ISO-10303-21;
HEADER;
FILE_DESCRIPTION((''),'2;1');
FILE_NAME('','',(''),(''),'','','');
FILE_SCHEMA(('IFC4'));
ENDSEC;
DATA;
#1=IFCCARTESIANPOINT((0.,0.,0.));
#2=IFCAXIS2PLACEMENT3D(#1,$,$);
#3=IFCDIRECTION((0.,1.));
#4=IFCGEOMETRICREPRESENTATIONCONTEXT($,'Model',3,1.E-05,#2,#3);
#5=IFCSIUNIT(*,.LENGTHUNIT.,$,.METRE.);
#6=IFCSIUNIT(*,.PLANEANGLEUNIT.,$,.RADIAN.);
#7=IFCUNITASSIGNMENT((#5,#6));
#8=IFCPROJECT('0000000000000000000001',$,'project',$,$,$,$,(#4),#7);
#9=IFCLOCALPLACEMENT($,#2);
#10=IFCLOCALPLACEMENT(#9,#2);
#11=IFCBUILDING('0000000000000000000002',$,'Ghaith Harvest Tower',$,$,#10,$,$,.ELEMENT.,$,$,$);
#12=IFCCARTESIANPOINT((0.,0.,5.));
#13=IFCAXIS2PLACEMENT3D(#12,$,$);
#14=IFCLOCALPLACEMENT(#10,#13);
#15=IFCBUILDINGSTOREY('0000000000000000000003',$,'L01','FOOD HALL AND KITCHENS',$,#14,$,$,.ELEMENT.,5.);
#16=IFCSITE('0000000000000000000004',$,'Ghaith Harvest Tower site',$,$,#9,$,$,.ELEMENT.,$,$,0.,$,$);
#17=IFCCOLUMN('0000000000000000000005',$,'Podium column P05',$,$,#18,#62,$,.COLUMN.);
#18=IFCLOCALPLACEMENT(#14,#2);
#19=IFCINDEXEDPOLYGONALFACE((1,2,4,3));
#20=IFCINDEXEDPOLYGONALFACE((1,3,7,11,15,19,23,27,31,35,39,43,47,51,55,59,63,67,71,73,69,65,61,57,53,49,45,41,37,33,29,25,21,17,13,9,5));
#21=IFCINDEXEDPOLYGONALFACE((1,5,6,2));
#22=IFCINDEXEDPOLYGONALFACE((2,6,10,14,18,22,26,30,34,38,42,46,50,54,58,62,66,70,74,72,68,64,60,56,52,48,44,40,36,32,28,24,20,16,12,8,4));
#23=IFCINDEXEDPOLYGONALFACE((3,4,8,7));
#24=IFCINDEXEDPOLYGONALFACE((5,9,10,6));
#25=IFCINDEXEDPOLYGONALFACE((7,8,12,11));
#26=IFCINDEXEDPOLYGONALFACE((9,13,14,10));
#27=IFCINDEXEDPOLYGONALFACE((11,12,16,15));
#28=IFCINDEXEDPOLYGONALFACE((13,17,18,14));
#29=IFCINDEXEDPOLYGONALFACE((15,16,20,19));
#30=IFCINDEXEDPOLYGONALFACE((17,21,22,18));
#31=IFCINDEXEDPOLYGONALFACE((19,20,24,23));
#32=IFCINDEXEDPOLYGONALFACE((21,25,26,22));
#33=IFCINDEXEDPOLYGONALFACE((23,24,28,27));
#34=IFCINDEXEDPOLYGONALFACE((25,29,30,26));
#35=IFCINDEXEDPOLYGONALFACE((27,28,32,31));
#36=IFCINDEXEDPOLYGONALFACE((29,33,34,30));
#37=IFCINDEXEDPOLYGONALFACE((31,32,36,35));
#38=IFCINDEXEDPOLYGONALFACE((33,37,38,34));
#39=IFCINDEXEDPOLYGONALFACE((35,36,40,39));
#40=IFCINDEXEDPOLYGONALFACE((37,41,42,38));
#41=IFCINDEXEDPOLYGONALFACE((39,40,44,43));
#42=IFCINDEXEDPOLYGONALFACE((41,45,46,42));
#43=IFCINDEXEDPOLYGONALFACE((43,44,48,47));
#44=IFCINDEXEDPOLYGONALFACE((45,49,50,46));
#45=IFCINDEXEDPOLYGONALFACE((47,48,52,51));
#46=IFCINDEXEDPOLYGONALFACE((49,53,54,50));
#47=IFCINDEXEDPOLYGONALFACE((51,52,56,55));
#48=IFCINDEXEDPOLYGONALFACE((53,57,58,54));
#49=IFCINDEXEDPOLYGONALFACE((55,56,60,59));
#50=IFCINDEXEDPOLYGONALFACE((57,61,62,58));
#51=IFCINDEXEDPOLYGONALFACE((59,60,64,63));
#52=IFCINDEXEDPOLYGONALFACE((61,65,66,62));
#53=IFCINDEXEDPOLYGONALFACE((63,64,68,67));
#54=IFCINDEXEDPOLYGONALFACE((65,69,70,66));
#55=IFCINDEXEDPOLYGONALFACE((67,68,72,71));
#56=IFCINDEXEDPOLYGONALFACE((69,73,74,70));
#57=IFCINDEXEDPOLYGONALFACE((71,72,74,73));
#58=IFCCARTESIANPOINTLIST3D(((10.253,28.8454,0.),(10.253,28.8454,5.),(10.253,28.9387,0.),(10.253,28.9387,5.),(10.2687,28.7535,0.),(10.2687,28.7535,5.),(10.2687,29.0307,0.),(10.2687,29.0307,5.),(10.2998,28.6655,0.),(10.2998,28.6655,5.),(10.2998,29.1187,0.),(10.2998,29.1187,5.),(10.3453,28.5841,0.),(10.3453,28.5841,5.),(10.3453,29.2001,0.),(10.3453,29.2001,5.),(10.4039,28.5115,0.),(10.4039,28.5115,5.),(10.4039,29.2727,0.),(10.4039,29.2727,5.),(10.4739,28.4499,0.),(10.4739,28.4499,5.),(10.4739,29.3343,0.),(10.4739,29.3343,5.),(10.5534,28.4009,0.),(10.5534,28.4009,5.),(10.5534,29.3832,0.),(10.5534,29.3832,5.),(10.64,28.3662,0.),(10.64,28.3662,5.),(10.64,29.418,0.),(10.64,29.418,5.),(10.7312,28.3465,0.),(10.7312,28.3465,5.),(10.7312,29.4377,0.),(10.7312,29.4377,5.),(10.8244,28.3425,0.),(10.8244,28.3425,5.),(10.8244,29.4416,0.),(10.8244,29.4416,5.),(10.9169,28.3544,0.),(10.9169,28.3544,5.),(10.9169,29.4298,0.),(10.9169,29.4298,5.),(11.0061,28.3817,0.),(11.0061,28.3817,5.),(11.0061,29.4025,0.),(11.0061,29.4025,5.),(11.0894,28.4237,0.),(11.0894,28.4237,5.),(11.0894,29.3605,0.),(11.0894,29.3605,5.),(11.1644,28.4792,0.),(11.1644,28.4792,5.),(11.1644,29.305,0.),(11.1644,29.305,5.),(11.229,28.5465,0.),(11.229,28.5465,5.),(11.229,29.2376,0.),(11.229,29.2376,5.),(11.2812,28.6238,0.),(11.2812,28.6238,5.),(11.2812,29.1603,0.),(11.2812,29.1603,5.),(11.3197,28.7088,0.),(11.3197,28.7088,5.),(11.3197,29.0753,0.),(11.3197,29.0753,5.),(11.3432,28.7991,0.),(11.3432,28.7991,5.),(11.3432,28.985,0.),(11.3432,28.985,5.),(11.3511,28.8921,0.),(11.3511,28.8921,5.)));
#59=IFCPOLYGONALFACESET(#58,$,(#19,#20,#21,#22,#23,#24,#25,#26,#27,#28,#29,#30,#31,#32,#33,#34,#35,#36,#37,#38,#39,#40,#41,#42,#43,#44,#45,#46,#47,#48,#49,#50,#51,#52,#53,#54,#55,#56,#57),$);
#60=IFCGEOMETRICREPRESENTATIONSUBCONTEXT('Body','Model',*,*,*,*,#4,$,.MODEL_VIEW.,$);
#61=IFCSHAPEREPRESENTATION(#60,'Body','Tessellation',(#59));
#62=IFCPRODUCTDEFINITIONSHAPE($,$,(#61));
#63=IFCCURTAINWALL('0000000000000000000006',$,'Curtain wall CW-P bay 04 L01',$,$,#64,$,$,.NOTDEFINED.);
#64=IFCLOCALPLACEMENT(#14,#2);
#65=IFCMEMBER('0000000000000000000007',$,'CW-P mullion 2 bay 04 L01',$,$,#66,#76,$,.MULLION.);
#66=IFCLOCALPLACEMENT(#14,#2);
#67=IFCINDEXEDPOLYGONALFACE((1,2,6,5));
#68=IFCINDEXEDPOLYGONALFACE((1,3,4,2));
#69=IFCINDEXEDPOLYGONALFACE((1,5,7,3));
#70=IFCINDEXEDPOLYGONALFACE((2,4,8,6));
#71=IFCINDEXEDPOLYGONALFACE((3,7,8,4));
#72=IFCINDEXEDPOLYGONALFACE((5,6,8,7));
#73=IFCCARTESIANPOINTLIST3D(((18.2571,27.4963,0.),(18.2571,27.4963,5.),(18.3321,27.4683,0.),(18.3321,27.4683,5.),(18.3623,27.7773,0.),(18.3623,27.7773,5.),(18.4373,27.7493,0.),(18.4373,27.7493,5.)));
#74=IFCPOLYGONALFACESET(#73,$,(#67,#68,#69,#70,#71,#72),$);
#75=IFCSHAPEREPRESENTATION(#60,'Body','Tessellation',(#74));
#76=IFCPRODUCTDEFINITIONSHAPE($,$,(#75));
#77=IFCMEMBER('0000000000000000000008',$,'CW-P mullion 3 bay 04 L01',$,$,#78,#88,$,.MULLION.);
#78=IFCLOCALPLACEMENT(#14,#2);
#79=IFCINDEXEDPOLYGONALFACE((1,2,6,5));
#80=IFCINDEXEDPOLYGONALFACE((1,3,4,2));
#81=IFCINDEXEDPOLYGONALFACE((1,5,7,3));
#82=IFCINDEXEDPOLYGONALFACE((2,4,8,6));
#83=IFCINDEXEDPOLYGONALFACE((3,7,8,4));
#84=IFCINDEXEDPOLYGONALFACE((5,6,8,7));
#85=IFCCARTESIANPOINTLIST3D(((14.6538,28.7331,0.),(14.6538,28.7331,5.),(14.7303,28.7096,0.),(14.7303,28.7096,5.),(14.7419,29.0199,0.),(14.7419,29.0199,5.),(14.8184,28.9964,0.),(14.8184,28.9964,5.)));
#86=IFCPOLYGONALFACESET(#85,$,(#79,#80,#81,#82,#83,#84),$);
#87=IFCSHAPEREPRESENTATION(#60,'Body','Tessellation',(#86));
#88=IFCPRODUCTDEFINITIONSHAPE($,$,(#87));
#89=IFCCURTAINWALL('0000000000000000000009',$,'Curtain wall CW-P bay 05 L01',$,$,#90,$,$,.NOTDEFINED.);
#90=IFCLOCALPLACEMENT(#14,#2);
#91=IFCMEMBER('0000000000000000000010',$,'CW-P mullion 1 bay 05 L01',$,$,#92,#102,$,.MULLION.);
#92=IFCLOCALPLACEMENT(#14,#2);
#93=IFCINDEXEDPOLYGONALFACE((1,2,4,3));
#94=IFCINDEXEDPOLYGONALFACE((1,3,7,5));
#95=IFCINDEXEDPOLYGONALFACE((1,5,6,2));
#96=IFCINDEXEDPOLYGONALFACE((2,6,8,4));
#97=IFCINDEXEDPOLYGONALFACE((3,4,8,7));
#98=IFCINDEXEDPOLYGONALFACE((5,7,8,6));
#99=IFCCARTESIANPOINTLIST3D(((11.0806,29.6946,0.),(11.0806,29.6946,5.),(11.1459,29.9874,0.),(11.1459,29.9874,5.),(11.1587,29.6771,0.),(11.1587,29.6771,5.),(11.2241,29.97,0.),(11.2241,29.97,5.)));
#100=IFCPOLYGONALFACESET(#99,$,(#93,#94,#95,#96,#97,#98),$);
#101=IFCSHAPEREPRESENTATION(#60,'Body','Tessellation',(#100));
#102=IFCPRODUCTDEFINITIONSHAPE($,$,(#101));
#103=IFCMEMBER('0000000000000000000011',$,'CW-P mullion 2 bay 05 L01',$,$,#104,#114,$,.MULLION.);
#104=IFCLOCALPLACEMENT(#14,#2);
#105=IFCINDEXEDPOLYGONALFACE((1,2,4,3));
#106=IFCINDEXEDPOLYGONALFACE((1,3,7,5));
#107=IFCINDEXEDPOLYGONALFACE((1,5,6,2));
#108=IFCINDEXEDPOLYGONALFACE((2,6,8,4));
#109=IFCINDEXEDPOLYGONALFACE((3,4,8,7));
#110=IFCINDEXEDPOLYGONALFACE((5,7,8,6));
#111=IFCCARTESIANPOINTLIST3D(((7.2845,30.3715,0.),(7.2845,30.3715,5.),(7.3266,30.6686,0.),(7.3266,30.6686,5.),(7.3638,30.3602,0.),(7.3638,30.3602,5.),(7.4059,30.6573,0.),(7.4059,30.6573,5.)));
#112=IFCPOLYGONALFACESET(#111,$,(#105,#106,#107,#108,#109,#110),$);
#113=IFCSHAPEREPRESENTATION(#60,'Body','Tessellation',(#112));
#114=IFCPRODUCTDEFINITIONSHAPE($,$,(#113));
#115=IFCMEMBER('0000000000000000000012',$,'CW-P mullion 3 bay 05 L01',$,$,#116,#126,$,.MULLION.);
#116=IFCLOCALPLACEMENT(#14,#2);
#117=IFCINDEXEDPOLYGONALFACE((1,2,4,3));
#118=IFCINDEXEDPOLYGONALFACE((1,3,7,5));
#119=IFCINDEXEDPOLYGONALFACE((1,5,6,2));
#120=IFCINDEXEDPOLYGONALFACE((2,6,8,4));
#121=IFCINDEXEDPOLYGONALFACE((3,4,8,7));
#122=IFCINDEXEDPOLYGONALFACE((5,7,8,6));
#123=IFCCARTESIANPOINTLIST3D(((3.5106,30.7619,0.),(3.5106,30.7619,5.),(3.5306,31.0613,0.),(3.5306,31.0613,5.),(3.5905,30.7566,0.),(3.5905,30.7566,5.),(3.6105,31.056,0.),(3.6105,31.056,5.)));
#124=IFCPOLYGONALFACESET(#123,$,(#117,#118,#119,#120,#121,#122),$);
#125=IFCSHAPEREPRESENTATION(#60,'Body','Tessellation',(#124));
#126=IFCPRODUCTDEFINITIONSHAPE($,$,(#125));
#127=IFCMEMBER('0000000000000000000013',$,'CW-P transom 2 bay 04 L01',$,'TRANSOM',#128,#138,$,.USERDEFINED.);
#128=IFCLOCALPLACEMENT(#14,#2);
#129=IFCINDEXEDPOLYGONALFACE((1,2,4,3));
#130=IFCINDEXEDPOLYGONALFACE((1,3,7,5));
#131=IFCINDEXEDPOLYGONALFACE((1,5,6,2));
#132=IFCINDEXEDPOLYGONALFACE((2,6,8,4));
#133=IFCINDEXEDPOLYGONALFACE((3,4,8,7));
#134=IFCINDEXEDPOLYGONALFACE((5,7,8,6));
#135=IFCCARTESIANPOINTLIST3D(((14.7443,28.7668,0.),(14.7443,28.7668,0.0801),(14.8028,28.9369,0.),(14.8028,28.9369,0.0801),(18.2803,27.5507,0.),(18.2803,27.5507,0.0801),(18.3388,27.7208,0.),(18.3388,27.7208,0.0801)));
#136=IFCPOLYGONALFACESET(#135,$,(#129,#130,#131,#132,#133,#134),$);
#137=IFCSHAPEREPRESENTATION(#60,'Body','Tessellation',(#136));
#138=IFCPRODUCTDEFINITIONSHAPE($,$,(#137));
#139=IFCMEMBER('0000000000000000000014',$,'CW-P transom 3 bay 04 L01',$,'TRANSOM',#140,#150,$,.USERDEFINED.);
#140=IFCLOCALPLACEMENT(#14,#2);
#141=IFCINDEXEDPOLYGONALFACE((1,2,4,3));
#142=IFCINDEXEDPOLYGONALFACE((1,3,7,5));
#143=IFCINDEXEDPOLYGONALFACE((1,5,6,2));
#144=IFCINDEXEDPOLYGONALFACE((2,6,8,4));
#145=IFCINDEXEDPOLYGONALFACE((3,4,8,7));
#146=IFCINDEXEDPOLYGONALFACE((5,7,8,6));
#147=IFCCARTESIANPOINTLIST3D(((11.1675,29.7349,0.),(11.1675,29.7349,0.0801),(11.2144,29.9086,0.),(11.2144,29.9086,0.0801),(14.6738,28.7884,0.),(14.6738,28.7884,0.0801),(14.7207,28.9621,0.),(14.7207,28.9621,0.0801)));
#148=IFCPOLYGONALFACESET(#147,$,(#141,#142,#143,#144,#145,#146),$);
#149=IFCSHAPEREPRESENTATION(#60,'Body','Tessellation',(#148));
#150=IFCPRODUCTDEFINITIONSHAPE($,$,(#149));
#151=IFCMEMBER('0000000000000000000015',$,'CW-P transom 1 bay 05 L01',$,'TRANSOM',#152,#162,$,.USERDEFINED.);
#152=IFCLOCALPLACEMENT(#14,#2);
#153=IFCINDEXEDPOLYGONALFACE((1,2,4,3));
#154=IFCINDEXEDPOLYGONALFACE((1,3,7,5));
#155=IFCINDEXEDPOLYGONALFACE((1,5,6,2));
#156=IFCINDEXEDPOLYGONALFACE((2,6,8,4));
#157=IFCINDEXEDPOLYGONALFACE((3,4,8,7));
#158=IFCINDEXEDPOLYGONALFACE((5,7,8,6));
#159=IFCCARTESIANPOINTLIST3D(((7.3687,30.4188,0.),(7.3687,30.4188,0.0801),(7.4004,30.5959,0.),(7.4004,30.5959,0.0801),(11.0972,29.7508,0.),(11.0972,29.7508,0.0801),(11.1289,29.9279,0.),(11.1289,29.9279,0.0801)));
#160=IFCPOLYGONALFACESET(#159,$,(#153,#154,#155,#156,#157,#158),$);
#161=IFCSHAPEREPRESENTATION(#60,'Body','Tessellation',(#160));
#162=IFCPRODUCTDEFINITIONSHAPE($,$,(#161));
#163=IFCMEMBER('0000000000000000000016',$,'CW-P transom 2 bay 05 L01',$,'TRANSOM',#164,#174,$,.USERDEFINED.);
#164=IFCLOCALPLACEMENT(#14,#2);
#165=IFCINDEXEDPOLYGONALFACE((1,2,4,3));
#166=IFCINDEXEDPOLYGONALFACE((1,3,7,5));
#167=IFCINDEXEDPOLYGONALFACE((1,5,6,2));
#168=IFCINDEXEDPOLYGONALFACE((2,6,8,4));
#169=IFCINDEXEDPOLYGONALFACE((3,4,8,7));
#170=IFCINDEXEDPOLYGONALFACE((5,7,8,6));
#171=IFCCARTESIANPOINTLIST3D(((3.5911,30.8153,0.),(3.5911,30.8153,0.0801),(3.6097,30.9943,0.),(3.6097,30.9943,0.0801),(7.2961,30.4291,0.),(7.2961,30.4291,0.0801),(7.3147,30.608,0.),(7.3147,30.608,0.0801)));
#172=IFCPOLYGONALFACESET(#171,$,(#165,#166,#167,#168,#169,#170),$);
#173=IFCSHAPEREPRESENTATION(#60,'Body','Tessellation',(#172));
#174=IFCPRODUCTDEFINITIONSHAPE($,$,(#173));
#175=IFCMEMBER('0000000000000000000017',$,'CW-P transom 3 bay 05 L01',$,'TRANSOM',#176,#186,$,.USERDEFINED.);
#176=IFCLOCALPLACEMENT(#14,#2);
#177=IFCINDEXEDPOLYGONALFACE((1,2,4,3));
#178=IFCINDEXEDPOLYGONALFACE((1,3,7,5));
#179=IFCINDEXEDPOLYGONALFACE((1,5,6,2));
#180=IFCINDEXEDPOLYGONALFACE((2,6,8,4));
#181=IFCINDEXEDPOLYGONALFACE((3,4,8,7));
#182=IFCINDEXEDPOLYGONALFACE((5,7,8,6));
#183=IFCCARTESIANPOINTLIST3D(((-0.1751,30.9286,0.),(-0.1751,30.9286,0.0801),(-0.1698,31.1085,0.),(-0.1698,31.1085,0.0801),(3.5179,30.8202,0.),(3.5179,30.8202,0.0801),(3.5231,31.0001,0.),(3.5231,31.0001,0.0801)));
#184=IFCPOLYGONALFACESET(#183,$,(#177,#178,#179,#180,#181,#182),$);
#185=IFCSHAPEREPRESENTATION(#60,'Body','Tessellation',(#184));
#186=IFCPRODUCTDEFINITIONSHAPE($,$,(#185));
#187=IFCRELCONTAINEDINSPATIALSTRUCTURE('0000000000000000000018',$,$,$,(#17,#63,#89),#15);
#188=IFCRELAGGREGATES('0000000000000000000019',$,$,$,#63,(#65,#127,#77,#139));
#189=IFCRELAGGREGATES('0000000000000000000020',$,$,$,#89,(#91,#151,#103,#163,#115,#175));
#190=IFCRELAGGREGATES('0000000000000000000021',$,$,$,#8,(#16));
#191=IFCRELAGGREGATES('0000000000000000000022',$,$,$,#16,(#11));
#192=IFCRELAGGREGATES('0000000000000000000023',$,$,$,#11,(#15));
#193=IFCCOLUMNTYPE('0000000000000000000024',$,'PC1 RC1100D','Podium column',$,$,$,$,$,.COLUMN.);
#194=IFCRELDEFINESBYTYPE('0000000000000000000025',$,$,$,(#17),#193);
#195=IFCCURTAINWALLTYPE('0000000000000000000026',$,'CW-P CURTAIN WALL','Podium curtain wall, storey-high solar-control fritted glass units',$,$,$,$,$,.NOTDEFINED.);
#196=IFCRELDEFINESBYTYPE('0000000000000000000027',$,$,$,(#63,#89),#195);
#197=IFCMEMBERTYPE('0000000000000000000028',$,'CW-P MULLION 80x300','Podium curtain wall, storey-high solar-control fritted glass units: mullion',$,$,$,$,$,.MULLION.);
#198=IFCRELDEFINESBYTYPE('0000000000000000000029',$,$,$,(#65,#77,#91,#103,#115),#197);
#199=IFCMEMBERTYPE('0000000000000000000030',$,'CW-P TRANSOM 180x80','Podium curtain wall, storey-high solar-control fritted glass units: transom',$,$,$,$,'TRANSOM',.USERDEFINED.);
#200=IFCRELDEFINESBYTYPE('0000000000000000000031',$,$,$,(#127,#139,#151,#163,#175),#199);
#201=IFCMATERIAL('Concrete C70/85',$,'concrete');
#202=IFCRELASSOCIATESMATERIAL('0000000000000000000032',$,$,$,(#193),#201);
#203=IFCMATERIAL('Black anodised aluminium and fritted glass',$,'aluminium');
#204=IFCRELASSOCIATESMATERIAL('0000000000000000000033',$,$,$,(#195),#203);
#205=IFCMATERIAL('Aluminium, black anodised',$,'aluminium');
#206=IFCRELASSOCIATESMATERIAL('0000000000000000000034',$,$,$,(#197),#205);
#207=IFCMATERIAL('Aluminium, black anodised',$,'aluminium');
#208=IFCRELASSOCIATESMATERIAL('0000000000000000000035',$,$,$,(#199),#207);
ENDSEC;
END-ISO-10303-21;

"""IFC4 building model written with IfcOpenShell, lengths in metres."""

from ifc_helpers import new_model, si_unit, direction, frame, origin, origin_2d, place, context, subcontext, project, spatial, rectangle, circle, extrude, material, material_profile, profile_set, type_object, element, aggregate, save


model = new_model("IFC4")

# Units and contexts
model_context = context("Model", 3, precision=1e-05, world=origin(), true_north=direction((0.0, 1.0)))
body_context = subcontext(model_context, "Body", "Model", "MODEL_VIEW")
ifc_project = project(units=[si_unit("LENGTHUNIT", "METRE"), si_unit("PLANEANGLEUNIT", "RADIAN")], contexts=[model_context])

# Site, building, storey
site_placement = place(None, origin())
site = spatial("IfcSite", under=ifc_project, at=site_placement, Name="Ghaith Harvest Tower site", CompositionType="ELEMENT", RefElevation=0.0)
building_placement = place(site_placement, origin())
building = spatial("IfcBuilding", under=site, at=building_placement, Name="Ghaith Harvest Tower", CompositionType="ELEMENT")
storey_placement = place(building_placement, frame((0.0, 0.0, 5.0)))
storey = spatial("IfcBuildingStorey", under=building, at=storey_placement, Name="L01", Description="FOOD HALL AND KITCHENS", CompositionType="ELEMENT", Elevation=5.0)

# Column
ifc_material_1 = material(Name="Concrete C70/85", Category="concrete")
ifc_material_profile_1 = material_profile(ifc_material_1, circle(Radius=0.55, at=origin_2d()), Name="RC1100D")
ifc_profile_set_1 = profile_set([ifc_material_profile_1], Name="Concrete C70/85")
column_type = type_object("IfcColumnType", Name="PC1 RC1100D", Description="Podium column", PredefinedType="COLUMN", material=ifc_profile_set_1)
column_placement = place(storey_placement, frame((10.801, 28.8921, 0.0), z_axis=(0.0, 0.0, 1.0), x_axis=(1.0, 0.0, 0.0)))
element("IfcColumn", 1, at=column_placement, inside=storey, type_object=column_type, Name="Podium column P05", PredefinedType="COLUMN", context=body_context, shape_type="SweptSolid", body=[
    extrude(circle(Radius=0.55, at=origin_2d()), origin(), (0.0, 0.0, 1.0), 5.0),
])

# Curtain walls, members
ifc_material_2 = material(Name="Black anodised aluminium and fritted glass", Category="aluminium")
curtain_wall_type = type_object("IfcCurtainWallType", Name="CW-P CURTAIN WALL", Description="Podium curtain wall, storey-high solar-control fritted glass units", PredefinedType="NOTDEFINED", material=ifc_material_2)
curtain_wall_1_placement = place(storey_placement, origin())
curtain_wall_1 = element("IfcCurtainWall", 2, at=curtain_wall_1_placement, inside=storey, type_object=curtain_wall_type, Name="Curtain wall CW-P bay 04 L01", PredefinedType="NOTDEFINED")
ifc_material_3 = material(Name="Aluminium, black anodised", Category="aluminium")
ifc_material_profile_2 = material_profile(ifc_material_3, rectangle(XDim=0.0801, YDim=0.3, at=origin_2d()), Name="CW-P MULLION 80x300")
ifc_profile_set_2 = profile_set([ifc_material_profile_2], Name="Aluminium, black anodised")
member_type_1 = type_object("IfcMemberType", Name="CW-P MULLION 80x300", Description="Podium curtain wall, storey-high solar-control fritted glass units: mullion", PredefinedType="MULLION", material=ifc_profile_set_2)
member_1_placement = place(storey_placement, frame((18.3472, 27.6228, 0.0), z_axis=(0.0, 0.0, 1.0), x_axis=(-0.936543, 0.350552, 0.0)))
member_1 = element("IfcMember", 3, at=member_1_placement, type_object=member_type_1, Name="CW-P mullion 2 bay 04 L01", PredefinedType="MULLION", context=body_context, shape_type="SweptSolid", body=[
    extrude(rectangle(XDim=0.0801, YDim=0.3, at=origin_2d()), origin(), (0.0, 0.0, 1.0), 5.0),
])
member_2_placement = place(storey_placement, frame((14.7361, 28.8647, 0.0), z_axis=(0.0, 0.0, 1.0), x_axis=(-0.95594, 0.293562, 0.0)))
member_2 = element("IfcMember", 4, at=member_2_placement, type_object=member_type_1, Name="CW-P mullion 3 bay 04 L01", PredefinedType="MULLION", context=body_context, shape_type="SweptSolid", body=[
    extrude(rectangle(XDim=0.0801, YDim=0.3, at=origin_2d()), origin(), (0.0, 0.0, 1.0), 5.0),
])
curtain_wall_2_placement = place(storey_placement, origin())
curtain_wall_2 = element("IfcCurtainWall", 5, at=curtain_wall_2_placement, inside=storey, type_object=curtain_wall_type, Name="Curtain wall CW-P bay 05 L01", PredefinedType="NOTDEFINED")
member_3_placement = place(storey_placement, frame((11.1523, 29.8323, 0.0), z_axis=(0.0, 0.0, 1.0), x_axis=(-0.975988, 0.217824, 0.0)))
member_3 = element("IfcMember", 6, at=member_3_placement, type_object=member_type_1, Name="CW-P mullion 1 bay 05 L01", PredefinedType="MULLION", context=body_context, shape_type="SweptSolid", body=[
    extrude(rectangle(XDim=0.0801, YDim=0.3, at=origin_2d()), origin(), (0.0, 0.0, 1.0), 5.0),
])
member_4_placement = place(storey_placement, frame((7.3452, 30.5144, 0.0), z_axis=(0.0, 0.0, 1.0), x_axis=(-0.99009, 0.140434, 0.0)))
member_4 = element("IfcMember", 7, at=member_4_placement, type_object=member_type_1, Name="CW-P mullion 2 bay 05 L01", PredefinedType="MULLION", context=body_context, shape_type="SweptSolid", body=[
    extrude(rectangle(XDim=0.0801, YDim=0.3, at=origin_2d()), origin(), (0.0, 0.0, 1.0), 5.0),
])
member_5_placement = place(storey_placement, frame((3.5605, 30.9089, 0.0), z_axis=(0.0, 0.0, 1.0), x_axis=(-0.997772, 0.066716, 0.0)))
member_5 = element("IfcMember", 8, at=member_5_placement, type_object=member_type_1, Name="CW-P mullion 3 bay 05 L01", PredefinedType="MULLION", context=body_context, shape_type="SweptSolid", body=[
    extrude(rectangle(XDim=0.0801, YDim=0.3, at=origin_2d()), origin(), (0.0, 0.0, 1.0), 5.0),
])

# Members
ifc_material_4 = material(Name="Aluminium, black anodised", Category="aluminium")
ifc_material_profile_3 = material_profile(ifc_material_4, rectangle(XDim=0.1799, YDim=0.0801, at=origin_2d()), Name="CW-P TRANSOM 180x80")
ifc_profile_set_3 = profile_set([ifc_material_profile_3], Name="Aluminium, black anodised")
member_type_2 = type_object("IfcMemberType", Name="CW-P TRANSOM 180x80", Description="Podium curtain wall, storey-high solar-control fritted glass units: transom", ElementType="TRANSOM", PredefinedType="USERDEFINED", material=ifc_profile_set_3)
member_6_placement = place(storey_placement, frame((18.3096, 27.6357, 0.04), z_axis=(-0.945637, 0.325224, 0.0), x_axis=(-0.325224, -0.945637, 0.0)))
member_6 = element("IfcMember", 9, at=member_6_placement, type_object=member_type_2, Name="CW-P transom 2 bay 04 L01", ObjectType="TRANSOM", PredefinedType="USERDEFINED", context=body_context, shape_type="SweptSolid", body=[
    extrude(rectangle(XDim=0.1799, YDim=0.0801, at=origin_2d()), origin(), (0.0, 0.0, 1.0), 3.7393),
])
member_7_placement = place(storey_placement, frame((14.6973, 28.8752, 0.04), z_axis=(-0.965442, 0.260619, 0.0), x_axis=(-0.260619, -0.965442, 0.0)))
member_7 = element("IfcMember", 10, at=member_7_placement, type_object=member_type_2, Name="CW-P transom 3 bay 04 L01", ObjectType="TRANSOM", PredefinedType="USERDEFINED", context=body_context, shape_type="SweptSolid", body=[
    extrude(rectangle(XDim=0.1799, YDim=0.0801, at=origin_2d()), origin(), (0.0, 0.0, 1.0), 3.6318),
])
member_8_placement = place(storey_placement, frame((11.113, 29.8394, 0.04), z_axis=(-0.984329, 0.176344, 0.0), x_axis=(-0.176344, -0.984329, 0.0)))
member_8 = element("IfcMember", 11, at=member_8_placement, type_object=member_type_2, Name="CW-P transom 1 bay 05 L01", ObjectType="TRANSOM", PredefinedType="USERDEFINED", context=body_context, shape_type="SweptSolid", body=[
    extrude(rectangle(XDim=0.1799, YDim=0.0801, at=origin_2d()), origin(), (0.0, 0.0, 1.0), 3.7878),
])
member_9_placement = place(storey_placement, frame((7.3054, 30.5186, 0.04), z_axis=(-0.994611, 0.103682, 0.0), x_axis=(-0.103682, -0.994611, 0.0)))
member_9 = element("IfcMember", 12, at=member_9_placement, type_object=member_type_2, Name="CW-P transom 2 bay 05 L01", ObjectType="TRANSOM", PredefinedType="USERDEFINED", context=body_context, shape_type="SweptSolid", body=[
    extrude(rectangle(XDim=0.1799, YDim=0.0801, at=origin_2d()), origin(), (0.0, 0.0, 1.0), 3.7251),
])
member_10_placement = place(storey_placement, frame((3.5205, 30.9102, 0.04), z_axis=(-0.999569, 0.029341, 0.0), x_axis=(-0.029341, -0.999569, 0.0)))
member_10 = element("IfcMember", 13, at=member_10_placement, type_object=member_type_2, Name="CW-P transom 3 bay 05 L01", ObjectType="TRANSOM", PredefinedType="USERDEFINED", context=body_context, shape_type="SweptSolid", body=[
    extrude(rectangle(XDim=0.1799, YDim=0.0801, at=origin_2d()), origin(), (0.0, 0.0, 1.0), 3.6946),
])

aggregate(curtain_wall_1, [member_1, member_6, member_2, member_7])
aggregate(curtain_wall_2, [member_3, member_8, member_4, member_9, member_5, member_10])

save(model, "model.ifc")
